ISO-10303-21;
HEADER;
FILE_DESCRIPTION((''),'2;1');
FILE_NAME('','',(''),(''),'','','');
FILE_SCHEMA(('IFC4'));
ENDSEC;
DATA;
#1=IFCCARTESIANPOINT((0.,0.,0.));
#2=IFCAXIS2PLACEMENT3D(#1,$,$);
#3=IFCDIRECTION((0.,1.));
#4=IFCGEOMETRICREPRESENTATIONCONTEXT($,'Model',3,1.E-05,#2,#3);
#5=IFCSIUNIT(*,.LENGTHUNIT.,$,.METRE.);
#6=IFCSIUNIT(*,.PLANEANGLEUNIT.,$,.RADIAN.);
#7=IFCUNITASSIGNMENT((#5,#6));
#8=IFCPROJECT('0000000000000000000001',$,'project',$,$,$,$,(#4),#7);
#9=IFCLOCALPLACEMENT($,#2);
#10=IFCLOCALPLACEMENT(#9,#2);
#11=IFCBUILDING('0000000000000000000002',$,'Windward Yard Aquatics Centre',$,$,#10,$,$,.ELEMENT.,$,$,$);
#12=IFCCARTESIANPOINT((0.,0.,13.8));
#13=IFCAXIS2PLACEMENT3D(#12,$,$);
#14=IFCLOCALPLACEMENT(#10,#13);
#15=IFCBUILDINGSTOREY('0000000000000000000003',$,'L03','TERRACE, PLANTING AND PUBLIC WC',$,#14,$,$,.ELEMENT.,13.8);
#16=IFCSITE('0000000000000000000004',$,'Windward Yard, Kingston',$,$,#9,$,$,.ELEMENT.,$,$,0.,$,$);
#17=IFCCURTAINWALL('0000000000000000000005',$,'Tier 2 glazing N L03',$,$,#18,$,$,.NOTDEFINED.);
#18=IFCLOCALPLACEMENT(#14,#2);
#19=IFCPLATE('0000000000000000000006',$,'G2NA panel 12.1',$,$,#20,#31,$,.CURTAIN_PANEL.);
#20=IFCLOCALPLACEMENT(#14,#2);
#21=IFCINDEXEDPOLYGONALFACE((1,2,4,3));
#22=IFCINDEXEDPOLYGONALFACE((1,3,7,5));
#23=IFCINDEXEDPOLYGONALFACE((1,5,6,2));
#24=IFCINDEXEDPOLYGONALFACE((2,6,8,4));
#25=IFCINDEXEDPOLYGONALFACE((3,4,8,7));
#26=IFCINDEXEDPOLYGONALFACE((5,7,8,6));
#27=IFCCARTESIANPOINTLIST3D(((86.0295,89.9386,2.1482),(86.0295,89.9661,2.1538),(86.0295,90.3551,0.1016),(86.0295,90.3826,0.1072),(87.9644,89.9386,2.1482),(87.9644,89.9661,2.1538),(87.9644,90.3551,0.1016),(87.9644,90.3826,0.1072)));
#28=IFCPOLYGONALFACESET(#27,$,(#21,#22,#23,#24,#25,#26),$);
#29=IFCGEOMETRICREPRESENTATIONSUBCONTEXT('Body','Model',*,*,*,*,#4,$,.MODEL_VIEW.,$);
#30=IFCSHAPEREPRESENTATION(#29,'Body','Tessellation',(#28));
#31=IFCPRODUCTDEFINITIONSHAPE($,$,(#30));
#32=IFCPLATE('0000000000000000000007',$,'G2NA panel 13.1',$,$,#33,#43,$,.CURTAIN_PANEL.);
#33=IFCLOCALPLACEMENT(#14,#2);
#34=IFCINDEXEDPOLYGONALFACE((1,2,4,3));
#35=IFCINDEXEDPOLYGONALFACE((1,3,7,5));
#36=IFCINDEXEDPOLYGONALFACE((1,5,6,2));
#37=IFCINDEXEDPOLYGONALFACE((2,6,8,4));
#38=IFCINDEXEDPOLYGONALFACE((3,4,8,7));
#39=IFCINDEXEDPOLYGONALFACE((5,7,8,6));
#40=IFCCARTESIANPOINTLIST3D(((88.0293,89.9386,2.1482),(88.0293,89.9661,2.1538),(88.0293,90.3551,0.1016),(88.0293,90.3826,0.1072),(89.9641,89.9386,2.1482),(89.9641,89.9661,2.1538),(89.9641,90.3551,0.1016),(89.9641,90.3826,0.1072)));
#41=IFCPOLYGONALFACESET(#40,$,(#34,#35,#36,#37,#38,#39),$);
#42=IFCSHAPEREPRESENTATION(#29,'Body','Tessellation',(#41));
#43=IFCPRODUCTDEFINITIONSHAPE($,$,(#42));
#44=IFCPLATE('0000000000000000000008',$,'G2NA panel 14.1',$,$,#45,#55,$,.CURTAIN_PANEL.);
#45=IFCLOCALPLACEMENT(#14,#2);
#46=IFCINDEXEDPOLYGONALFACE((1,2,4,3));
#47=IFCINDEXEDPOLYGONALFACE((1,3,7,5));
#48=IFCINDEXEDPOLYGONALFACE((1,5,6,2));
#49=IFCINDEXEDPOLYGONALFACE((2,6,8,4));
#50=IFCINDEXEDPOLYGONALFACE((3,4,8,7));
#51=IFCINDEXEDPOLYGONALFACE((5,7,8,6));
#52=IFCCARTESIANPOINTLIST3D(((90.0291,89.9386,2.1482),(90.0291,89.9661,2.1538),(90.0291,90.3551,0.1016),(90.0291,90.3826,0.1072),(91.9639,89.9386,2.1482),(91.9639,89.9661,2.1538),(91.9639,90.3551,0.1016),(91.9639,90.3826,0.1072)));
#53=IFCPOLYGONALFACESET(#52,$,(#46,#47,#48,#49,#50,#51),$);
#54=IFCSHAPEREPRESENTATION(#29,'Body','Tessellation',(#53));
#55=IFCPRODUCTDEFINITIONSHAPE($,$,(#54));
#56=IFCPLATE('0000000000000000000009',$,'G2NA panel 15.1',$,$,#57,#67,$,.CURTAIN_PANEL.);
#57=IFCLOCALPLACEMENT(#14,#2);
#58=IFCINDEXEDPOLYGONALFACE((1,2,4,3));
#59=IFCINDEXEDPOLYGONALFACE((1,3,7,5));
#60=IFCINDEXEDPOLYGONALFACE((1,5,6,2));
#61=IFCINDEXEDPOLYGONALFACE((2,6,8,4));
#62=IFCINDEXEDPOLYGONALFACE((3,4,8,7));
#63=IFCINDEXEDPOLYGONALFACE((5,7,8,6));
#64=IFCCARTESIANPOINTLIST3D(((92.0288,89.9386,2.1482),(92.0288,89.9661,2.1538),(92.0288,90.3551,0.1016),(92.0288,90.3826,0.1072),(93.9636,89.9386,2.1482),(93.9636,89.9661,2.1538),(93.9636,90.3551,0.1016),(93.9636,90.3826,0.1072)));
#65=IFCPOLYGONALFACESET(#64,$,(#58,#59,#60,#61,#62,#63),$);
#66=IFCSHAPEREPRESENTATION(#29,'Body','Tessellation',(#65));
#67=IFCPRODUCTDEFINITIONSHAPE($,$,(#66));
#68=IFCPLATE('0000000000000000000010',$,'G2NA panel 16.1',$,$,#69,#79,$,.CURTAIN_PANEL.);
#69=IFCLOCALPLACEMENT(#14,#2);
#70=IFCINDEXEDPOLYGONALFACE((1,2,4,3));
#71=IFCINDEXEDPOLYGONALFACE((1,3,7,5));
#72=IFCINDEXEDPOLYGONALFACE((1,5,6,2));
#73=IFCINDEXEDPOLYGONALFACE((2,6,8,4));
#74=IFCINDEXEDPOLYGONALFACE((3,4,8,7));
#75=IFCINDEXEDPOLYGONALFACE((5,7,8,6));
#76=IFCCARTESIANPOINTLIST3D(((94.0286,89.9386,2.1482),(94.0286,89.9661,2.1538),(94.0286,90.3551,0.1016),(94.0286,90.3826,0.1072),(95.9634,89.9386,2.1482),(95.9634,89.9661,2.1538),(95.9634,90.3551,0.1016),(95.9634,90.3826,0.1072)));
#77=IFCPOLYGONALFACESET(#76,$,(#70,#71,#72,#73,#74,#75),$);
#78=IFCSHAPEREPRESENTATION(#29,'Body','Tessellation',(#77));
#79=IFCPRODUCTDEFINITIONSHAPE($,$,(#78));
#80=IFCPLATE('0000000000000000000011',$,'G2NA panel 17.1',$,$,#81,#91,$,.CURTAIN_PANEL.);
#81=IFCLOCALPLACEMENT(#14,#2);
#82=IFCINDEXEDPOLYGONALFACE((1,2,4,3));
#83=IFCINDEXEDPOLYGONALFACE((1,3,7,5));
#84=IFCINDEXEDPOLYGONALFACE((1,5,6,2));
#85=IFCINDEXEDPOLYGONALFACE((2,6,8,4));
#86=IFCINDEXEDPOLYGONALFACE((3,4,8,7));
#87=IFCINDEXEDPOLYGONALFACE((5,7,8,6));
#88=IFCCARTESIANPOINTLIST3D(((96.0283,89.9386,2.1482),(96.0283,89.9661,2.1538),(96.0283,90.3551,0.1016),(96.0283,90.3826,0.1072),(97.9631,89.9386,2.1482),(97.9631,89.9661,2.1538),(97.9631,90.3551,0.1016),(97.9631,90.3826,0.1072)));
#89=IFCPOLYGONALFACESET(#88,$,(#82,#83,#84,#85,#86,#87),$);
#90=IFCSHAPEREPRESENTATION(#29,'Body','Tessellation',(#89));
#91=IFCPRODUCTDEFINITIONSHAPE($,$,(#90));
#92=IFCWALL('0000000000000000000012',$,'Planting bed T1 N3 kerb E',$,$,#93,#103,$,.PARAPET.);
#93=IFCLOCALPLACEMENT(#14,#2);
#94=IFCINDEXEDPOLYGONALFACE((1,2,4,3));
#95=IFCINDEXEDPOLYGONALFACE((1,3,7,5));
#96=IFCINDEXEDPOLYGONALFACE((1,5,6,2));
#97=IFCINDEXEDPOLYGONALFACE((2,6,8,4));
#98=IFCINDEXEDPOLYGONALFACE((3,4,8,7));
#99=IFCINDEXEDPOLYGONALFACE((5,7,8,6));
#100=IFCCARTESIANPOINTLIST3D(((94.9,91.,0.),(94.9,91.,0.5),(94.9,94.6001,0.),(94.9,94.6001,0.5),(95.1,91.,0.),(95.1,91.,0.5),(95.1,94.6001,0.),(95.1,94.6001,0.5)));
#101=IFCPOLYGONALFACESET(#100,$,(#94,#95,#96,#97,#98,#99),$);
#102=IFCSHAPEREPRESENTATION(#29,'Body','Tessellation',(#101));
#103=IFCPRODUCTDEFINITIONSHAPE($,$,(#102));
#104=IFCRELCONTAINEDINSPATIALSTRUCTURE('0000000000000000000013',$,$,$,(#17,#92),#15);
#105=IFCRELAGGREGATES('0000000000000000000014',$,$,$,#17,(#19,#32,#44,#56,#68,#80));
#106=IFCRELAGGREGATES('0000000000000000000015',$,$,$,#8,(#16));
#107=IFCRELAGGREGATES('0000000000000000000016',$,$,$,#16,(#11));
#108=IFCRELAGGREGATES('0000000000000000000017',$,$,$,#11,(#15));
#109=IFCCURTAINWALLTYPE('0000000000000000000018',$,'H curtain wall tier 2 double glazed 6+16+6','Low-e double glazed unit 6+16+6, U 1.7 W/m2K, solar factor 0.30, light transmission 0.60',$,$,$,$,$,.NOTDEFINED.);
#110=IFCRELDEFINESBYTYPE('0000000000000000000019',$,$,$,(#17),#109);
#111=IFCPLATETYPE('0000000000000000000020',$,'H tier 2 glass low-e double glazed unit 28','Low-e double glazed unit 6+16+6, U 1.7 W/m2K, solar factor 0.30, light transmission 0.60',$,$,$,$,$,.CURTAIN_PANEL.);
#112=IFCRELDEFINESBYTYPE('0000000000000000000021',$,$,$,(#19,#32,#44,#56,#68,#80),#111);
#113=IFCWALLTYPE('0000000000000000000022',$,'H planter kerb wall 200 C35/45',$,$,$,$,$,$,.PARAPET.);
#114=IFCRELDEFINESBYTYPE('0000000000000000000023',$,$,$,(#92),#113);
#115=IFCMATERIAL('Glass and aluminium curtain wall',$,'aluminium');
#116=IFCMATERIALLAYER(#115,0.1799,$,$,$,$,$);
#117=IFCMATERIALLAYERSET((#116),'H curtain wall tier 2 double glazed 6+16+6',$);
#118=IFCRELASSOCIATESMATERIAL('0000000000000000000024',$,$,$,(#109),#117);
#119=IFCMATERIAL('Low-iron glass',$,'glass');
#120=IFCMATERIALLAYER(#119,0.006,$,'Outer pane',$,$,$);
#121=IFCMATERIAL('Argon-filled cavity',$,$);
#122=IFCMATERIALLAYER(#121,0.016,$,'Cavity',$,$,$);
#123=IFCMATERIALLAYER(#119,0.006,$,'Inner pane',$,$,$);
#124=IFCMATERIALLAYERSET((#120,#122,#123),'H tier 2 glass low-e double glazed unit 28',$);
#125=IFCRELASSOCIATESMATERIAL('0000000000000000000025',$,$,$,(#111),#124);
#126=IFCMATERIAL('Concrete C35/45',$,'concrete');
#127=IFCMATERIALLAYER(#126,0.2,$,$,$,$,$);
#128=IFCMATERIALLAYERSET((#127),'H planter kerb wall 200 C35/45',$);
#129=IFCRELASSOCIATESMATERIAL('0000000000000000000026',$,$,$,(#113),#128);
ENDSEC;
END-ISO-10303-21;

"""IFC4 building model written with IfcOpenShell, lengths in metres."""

from ifc_helpers import new_model, si_unit, direction, frame, frame_2d, origin, place, context, subcontext, project, spatial, polyline, rectangle, outline, extrude, material, layer, layer_set, type_object, element, aggregate, save


model = new_model("IFC4")

# Units and contexts
model_context = context("Model", 3, precision=1e-05, world=origin(), true_north=direction((0.0, 1.0)))
body_context = subcontext(model_context, "Body", "Model", "MODEL_VIEW")
ifc_project = project(units=[si_unit("LENGTHUNIT", "METRE"), si_unit("PLANEANGLEUNIT", "RADIAN")], contexts=[model_context])

# Site, building, storey
site_placement = place(None, origin())
site = spatial("IfcSite", under=ifc_project, at=site_placement, Name="Windward Yard, Kingston", CompositionType="ELEMENT", RefElevation=0.0)
building_placement = place(site_placement, origin())
building = spatial("IfcBuilding", under=site, at=building_placement, Name="Windward Yard Aquatics Centre", CompositionType="ELEMENT")
storey_placement = place(building_placement, frame((0.0, 0.0, 13.8)))
storey = spatial("IfcBuildingStorey", under=building, at=storey_placement, Name="L03", Description="TERRACE, PLANTING AND PUBLIC WC", CompositionType="ELEMENT", Elevation=13.8)

# Curtain wall
ifc_material_1 = material(Name="Glass and aluminium curtain wall", Category="aluminium")
ifc_layer_1 = layer(ifc_material_1, 0.1799)
ifc_layer_set_1 = layer_set([ifc_layer_1], Name="H curtain wall tier 2 double glazed 6+16+6")
curtain_wall_type = type_object("IfcCurtainWallType", Name="H curtain wall tier 2 double glazed 6+16+6", Description="Low-e double glazed unit 6+16+6, U 1.7 W/m2K, solar factor 0.30, light transmission 0.60", PredefinedType="NOTDEFINED", material=ifc_layer_set_1)
curtain_wall_placement = place(storey_placement, origin())
curtain_wall = element("IfcCurtainWall", 1, at=curtain_wall_placement, inside=storey, type_object=curtain_wall_type, Name="Tier 2 glazing N L03", PredefinedType="NOTDEFINED")

# Plates
ifc_material_2 = material(Name="Low-iron glass", Category="glass")
ifc_layer_2 = layer(ifc_material_2, 0.006, Name="Outer pane")
ifc_material_3 = material(Name="Argon-filled cavity")
ifc_layer_3 = layer(ifc_material_3, 0.016, Name="Cavity")
ifc_layer_4 = layer(ifc_material_2, 0.006, Name="Inner pane")
ifc_layer_set_2 = layer_set([ifc_layer_2, ifc_layer_3, ifc_layer_4], Name="H tier 2 glass low-e double glazed unit 28")
plate_type = type_object("IfcPlateType", Name="H tier 2 glass low-e double glazed unit 28", Description="Low-e double glazed unit 6+16+6, U 1.7 W/m2K, solar factor 0.30, light transmission 0.60", PredefinedType="CURTAIN_PANEL", material=ifc_layer_set_2)
plate_1_placement = place(storey_placement, frame((86.0295, 89.9661, 2.1538), z_axis=(0.0, 0.979914, 0.199419), x_axis=(0.0, 0.199419, -0.979914)))
plate_1 = element("IfcPlate", 2, at=plate_1_placement, type_object=plate_type, Name="G2NA panel 12.1", PredefinedType="CURTAIN_PANEL", context=body_context, shape_type="SweptSolid", body=[
    extrude(outline(polyline([(0.0, 0.0), (2.0886, 0.0), (2.0886, -1.9348), (0.0, -1.9348), (0.0, 0.0)])), origin(), (0.0, 0.0, -1.0), 0.0281),
])
plate_2_placement = place(storey_placement, frame((88.0293, 89.9661, 2.1538), z_axis=(0.0, 0.979914, 0.199419), x_axis=(0.0, 0.199419, -0.979914)))
plate_2 = element("IfcPlate", 3, at=plate_2_placement, type_object=plate_type, Name="G2NA panel 13.1", PredefinedType="CURTAIN_PANEL", context=body_context, shape_type="SweptSolid", body=[
    extrude(outline(polyline([(0.0, 0.0), (2.0886, 0.0), (2.0886, -1.9348), (0.0, -1.9348), (0.0, 0.0)])), origin(), (0.0, 0.0, -1.0), 0.0281),
])
plate_3_placement = place(storey_placement, frame((90.0291, 89.9661, 2.1538), z_axis=(0.0, 0.979914, 0.199419), x_axis=(0.0, 0.199419, -0.979914)))
plate_3 = element("IfcPlate", 4, at=plate_3_placement, type_object=plate_type, Name="G2NA panel 14.1", PredefinedType="CURTAIN_PANEL", context=body_context, shape_type="SweptSolid", body=[
    extrude(outline(polyline([(0.0, 0.0), (2.0886, 0.0), (2.0886, -1.9348), (0.0, -1.9348), (0.0, 0.0)])), origin(), (0.0, 0.0, -1.0), 0.0281),
])
plate_4_placement = place(storey_placement, frame((92.0288, 89.9661, 2.1538), z_axis=(0.0, 0.979914, 0.199419), x_axis=(0.0, 0.199419, -0.979914)))
plate_4 = element("IfcPlate", 5, at=plate_4_placement, type_object=plate_type, Name="G2NA panel 15.1", PredefinedType="CURTAIN_PANEL", context=body_context, shape_type="SweptSolid", body=[
    extrude(outline(polyline([(0.0, 0.0), (2.0886, 0.0), (2.0886, -1.9348), (0.0, -1.9348), (0.0, 0.0)])), origin(), (0.0, 0.0, -1.0), 0.0281),
])
plate_5_placement = place(storey_placement, frame((94.0286, 89.9661, 2.1538), z_axis=(0.0, 0.979914, 0.199419), x_axis=(0.0, 0.199419, -0.979914)))
plate_5 = element("IfcPlate", 6, at=plate_5_placement, type_object=plate_type, Name="G2NA panel 16.1", PredefinedType="CURTAIN_PANEL", context=body_context, shape_type="SweptSolid", body=[
    extrude(outline(polyline([(0.0, 0.0), (2.0886, 0.0), (2.0886, -1.9348), (0.0, -1.9348), (0.0, 0.0)])), origin(), (0.0, 0.0, -1.0), 0.0281),
])
plate_6_placement = place(storey_placement, frame((96.0283, 89.9661, 2.1538), z_axis=(0.0, 0.979914, 0.199419), x_axis=(0.0, 0.199419, -0.979914)))
plate_6 = element("IfcPlate", 7, at=plate_6_placement, type_object=plate_type, Name="G2NA panel 17.1", PredefinedType="CURTAIN_PANEL", context=body_context, shape_type="SweptSolid", body=[
    extrude(outline(polyline([(0.0, 0.0), (2.0886, 0.0), (2.0886, -1.9348), (0.0, -1.9348), (0.0, 0.0)])), origin(), (0.0, 0.0, -1.0), 0.0281),
])
aggregate(curtain_wall, [plate_1, plate_2, plate_3, plate_4, plate_5, plate_6])

# Wall
ifc_material_4 = material(Name="Concrete C35/45", Category="concrete")
ifc_layer_5 = layer(ifc_material_4, 0.2)
ifc_layer_set_3 = layer_set([ifc_layer_5], Name="H planter kerb wall 200 C35/45")
wall_type = type_object("IfcWallType", Name="H planter kerb wall 200 C35/45", PredefinedType="PARAPET", material=ifc_layer_set_3)
wall_placement = place(storey_placement, frame((95.0, 94.6001, 0.0), z_axis=(0.0, 0.0, 1.0), x_axis=(0.0, -1.0, 0.0)))
element("IfcWall", 8, at=wall_placement, inside=storey, type_object=wall_type, Name="Planting bed T1 N3 kerb E", PredefinedType="PARAPET", context=body_context, shape_type="SweptSolid", body=[
    extrude(rectangle(XDim=3.6001, YDim=0.2, at=frame_2d((1.8, 0.0))), origin(), (0.0, 0.0, 1.0), 0.5),
])

save(model, "model.ifc")
